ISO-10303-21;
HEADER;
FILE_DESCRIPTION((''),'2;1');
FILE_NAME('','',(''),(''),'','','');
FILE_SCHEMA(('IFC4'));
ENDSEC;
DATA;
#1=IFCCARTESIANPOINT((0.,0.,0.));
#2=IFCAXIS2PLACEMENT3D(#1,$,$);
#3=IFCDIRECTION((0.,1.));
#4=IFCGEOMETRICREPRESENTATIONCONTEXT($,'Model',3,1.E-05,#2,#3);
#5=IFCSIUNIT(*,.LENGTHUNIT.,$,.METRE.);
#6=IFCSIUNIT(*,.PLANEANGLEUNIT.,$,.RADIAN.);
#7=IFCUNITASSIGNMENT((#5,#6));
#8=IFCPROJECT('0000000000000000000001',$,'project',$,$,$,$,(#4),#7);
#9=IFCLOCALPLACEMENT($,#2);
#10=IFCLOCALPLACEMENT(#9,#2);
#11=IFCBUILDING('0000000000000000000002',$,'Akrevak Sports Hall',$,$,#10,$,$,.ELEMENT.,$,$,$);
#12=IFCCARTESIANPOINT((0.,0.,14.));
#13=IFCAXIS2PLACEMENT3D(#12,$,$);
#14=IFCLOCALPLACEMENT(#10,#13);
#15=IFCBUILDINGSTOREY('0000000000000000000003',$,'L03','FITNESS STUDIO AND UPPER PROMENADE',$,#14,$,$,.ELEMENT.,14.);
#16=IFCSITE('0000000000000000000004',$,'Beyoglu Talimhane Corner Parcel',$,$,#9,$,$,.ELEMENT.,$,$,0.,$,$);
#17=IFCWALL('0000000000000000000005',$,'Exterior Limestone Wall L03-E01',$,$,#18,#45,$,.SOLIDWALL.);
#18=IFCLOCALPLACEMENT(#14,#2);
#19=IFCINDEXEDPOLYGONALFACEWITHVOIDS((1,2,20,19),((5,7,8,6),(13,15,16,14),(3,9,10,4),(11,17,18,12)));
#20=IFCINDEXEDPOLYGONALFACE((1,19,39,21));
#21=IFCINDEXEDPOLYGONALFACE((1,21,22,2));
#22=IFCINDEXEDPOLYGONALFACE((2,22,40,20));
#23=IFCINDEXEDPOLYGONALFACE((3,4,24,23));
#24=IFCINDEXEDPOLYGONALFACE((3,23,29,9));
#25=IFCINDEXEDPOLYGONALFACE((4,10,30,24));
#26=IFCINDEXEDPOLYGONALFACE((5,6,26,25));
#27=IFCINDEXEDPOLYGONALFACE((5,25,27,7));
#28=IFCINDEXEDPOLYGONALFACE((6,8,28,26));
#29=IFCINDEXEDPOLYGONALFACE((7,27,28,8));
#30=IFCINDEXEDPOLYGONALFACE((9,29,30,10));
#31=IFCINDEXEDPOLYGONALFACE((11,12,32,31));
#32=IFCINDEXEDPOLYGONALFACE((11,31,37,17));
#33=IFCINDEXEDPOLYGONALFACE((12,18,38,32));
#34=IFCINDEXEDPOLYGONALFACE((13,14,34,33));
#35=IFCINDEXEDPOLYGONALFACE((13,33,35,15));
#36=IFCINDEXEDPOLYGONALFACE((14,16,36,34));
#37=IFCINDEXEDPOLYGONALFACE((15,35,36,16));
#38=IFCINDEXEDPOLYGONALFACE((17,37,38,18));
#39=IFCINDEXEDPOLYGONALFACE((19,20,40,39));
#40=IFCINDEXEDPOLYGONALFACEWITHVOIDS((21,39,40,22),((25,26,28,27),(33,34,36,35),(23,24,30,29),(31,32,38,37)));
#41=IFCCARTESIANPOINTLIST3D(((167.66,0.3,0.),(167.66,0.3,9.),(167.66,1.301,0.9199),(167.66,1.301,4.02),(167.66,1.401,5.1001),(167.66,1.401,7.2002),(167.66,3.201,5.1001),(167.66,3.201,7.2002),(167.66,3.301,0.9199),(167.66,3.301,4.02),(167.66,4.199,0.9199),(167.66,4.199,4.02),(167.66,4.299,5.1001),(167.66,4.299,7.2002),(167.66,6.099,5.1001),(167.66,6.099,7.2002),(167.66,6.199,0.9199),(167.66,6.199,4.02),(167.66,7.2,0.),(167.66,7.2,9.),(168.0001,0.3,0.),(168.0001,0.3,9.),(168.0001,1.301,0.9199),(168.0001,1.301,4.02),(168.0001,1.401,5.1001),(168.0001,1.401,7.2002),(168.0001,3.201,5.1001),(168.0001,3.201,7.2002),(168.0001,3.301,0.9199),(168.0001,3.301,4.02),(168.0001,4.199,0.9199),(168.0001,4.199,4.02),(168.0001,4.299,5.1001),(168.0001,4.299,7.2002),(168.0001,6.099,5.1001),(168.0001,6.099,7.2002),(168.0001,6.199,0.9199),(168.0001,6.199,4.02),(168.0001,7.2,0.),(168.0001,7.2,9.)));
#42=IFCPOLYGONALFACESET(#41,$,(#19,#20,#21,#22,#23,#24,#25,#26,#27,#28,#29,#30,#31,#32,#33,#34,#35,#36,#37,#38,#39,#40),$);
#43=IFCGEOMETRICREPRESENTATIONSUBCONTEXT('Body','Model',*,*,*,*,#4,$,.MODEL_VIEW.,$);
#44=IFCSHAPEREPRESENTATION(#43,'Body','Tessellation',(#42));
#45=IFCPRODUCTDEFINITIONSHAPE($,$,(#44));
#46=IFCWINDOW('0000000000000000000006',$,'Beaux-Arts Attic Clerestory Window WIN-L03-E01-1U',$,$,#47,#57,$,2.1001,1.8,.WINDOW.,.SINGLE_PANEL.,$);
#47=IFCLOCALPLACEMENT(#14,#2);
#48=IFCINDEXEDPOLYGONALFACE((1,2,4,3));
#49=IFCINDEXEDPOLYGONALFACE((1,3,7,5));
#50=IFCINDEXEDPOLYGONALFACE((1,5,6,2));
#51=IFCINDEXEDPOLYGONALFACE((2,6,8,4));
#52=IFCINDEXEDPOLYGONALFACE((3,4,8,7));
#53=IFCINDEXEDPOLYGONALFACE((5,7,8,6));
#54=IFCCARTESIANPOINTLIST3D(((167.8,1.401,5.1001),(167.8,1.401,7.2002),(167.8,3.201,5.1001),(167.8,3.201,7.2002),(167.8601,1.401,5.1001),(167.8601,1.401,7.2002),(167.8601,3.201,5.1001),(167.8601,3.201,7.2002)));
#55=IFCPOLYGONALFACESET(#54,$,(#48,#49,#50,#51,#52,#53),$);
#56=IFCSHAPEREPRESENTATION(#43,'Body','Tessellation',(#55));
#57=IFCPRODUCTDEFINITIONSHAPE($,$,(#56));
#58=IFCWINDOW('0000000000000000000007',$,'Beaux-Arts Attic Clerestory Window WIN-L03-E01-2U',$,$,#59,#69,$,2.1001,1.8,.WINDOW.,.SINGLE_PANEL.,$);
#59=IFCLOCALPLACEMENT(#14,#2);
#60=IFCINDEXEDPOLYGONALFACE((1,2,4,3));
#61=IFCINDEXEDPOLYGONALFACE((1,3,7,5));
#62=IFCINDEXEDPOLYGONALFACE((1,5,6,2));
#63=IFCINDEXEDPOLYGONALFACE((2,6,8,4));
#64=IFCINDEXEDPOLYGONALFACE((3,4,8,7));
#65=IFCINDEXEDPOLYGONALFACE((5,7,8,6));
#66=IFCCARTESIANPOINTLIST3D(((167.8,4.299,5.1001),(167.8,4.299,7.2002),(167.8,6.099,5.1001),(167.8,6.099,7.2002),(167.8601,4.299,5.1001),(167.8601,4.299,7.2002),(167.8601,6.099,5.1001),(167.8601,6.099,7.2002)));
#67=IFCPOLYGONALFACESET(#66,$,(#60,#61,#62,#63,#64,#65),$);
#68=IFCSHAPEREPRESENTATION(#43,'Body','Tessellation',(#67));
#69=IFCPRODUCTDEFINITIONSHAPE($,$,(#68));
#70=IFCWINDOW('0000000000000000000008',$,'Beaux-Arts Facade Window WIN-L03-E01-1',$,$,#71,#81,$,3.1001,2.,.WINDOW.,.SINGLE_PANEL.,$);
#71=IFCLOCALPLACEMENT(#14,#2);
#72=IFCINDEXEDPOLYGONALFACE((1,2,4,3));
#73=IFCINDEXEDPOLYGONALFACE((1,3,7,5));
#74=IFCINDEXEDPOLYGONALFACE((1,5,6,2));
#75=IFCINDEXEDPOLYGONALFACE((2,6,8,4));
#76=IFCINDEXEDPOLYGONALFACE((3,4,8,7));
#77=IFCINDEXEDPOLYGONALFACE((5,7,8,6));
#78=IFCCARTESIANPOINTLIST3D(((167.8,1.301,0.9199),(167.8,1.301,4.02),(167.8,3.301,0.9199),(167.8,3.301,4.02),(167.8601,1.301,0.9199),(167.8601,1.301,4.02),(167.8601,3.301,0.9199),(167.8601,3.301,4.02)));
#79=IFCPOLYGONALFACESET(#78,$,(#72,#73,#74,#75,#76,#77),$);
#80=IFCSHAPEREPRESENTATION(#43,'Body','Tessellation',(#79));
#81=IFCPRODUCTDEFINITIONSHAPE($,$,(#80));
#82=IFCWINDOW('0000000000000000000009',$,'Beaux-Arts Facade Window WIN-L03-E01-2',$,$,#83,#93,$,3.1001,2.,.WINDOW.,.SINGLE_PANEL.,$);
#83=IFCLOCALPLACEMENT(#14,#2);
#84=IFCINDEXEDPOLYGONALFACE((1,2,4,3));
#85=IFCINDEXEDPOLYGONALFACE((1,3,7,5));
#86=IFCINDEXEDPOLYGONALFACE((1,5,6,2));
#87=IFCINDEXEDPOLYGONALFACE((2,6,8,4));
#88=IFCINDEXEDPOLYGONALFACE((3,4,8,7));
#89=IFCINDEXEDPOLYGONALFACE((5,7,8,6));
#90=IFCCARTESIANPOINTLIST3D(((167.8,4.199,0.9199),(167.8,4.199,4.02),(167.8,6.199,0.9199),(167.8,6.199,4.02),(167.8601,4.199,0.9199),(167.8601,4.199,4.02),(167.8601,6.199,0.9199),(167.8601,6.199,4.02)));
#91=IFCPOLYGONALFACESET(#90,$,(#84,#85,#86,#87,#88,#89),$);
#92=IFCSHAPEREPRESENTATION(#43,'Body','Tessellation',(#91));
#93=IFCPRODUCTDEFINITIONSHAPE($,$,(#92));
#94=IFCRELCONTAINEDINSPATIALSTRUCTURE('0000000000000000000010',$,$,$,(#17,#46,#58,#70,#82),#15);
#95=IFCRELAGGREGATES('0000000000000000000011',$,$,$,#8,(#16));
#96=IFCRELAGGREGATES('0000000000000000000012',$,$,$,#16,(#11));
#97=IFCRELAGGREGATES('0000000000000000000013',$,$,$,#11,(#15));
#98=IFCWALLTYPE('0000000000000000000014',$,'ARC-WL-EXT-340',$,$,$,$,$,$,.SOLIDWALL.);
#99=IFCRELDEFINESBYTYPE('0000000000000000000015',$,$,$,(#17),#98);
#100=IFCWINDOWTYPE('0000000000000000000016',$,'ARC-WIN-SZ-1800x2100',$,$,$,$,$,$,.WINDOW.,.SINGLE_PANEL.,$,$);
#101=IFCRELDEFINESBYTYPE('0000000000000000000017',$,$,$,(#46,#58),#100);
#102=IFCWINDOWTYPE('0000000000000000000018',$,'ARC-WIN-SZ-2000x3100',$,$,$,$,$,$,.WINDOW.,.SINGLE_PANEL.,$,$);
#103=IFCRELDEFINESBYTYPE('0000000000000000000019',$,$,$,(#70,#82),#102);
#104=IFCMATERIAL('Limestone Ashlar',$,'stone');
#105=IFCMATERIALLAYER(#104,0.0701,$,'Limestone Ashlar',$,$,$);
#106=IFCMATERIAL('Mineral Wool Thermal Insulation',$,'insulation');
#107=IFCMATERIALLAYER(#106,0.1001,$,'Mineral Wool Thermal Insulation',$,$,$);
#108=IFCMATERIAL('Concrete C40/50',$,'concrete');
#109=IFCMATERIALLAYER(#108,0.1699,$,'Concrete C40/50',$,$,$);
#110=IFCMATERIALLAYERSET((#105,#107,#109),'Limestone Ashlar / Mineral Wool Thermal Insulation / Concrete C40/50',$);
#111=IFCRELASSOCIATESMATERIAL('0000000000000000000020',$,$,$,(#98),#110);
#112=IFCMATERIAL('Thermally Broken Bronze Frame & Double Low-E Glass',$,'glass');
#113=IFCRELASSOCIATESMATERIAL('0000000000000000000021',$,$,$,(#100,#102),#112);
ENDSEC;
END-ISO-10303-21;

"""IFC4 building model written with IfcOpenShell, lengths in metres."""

from ifc_helpers import new_model, si_unit, direction, frame, frame_2d, origin, place, context, subcontext, project, spatial, rectangle, extrude, material, layer, layer_set, type_object, element, fill, save


model = new_model("IFC4")

# Units and contexts
model_context = context("Model", 3, precision=1e-05, world=origin(), true_north=direction((0.0, 1.0)))
body_context = subcontext(model_context, "Body", "Model", "MODEL_VIEW")
ifc_project = project(units=[si_unit("LENGTHUNIT", "METRE"), si_unit("PLANEANGLEUNIT", "RADIAN")], contexts=[model_context])

# Site, building, storey
site_placement = place(None, origin())
site = spatial("IfcSite", under=ifc_project, at=site_placement, Name="Beyoglu Talimhane Corner Parcel", CompositionType="ELEMENT", RefElevation=0.0)
building_placement = place(site_placement, origin())
building = spatial("IfcBuilding", under=site, at=building_placement, Name="Akrevak Sports Hall", CompositionType="ELEMENT")
storey_placement = place(building_placement, frame((0.0, 0.0, 14.0)))
storey = spatial("IfcBuildingStorey", under=building, at=storey_placement, Name="L03", Description="FITNESS STUDIO AND UPPER PROMENADE", CompositionType="ELEMENT", Elevation=14.0)

# Shared definitions
ifc_material_1 = material(Name="Concrete C40/50", Category="concrete")

# Wall, openings, windows
ifc_material_2 = material(Name="Limestone Ashlar", Category="stone")
ifc_layer_1 = layer(ifc_material_2, 0.0701, Name="Limestone Ashlar")
ifc_material_3 = material(Name="Mineral Wool Thermal Insulation", Category="insulation")
ifc_layer_2 = layer(ifc_material_3, 0.1001, Name="Mineral Wool Thermal Insulation")
ifc_layer_3 = layer(ifc_material_1, 0.1699, Name="Concrete C40/50")
ifc_layer_set_1 = layer_set([ifc_layer_1, ifc_layer_2, ifc_layer_3], Name="Limestone Ashlar / Mineral Wool Thermal Insulation / Concrete C40/50")
wall_type = type_object("IfcWallType", Name="ARC-WL-EXT-340", PredefinedType="SOLIDWALL", material=ifc_layer_set_1)
ifc_material_4 = material(Name="Thermally Broken Bronze Frame & Double Low-E Glass", Category="glass")
window_type_1 = type_object("IfcWindowType", Name="ARC-WIN-SZ-1800x2100", PartitioningType="SINGLE_PANEL", PredefinedType="WINDOW", material=ifc_material_4)
window_type_2 = type_object("IfcWindowType", Name="ARC-WIN-SZ-2000x3100", PartitioningType="SINGLE_PANEL", PredefinedType="WINDOW", material=ifc_material_4)
wall_1_placement = place(storey_placement, frame((167.8301, 0.3, 0.0), z_axis=(0.0, 0.0, 1.0), x_axis=(0.0, 1.0, 0.0)))
wall_1 = element("IfcWall", 1, at=wall_1_placement, inside=storey, type_object=wall_type, Name="Exterior Limestone Wall L03-E01", PredefinedType="SOLIDWALL", context=body_context, shape_type="SweptSolid", body=[
    extrude(rectangle(XDim=6.8999, YDim=0.3401, at=frame_2d((3.45, 0.0))), origin(), (0.0, 0.0, 1.0), 9.0),
])
opening_1_placement = place(wall_1_placement, frame((1.001, 0.0, 0.9199)))
opening_1 = element("IfcOpeningElement", 2, at=opening_1_placement, cuts=wall_1, PredefinedType="OPENING", context=body_context, shape_type="SweptSolid", body=[
    extrude(rectangle(XDim=2.0, YDim=3.1001, at=frame_2d((1.0, 1.55))), frame((0.0, 0.1821, 0.0), z_axis=(0.0, -1.0, 0.0), x_axis=(1.0, 0.0, 0.0)), (0.0, 0.0, 1.0), 0.364),
])
opening_2_placement = place(wall_1_placement, frame((1.1011, 0.0, 5.1001)))
opening_2 = element("IfcOpeningElement", 3, at=opening_2_placement, cuts=wall_1, PredefinedType="OPENING", context=body_context, shape_type="SweptSolid", body=[
    extrude(rectangle(XDim=1.8, YDim=2.1001, at=frame_2d((0.8999, 1.05))), frame((0.0, 0.1821, 0.0), z_axis=(0.0, -1.0, 0.0), x_axis=(1.0, 0.0, 0.0)), (0.0, 0.0, 1.0), 0.364),
])
opening_3_placement = place(wall_1_placement, frame((3.8989, 0.0, 0.9199)))
opening_3 = element("IfcOpeningElement", 4, at=opening_3_placement, cuts=wall_1, PredefinedType="OPENING", context=body_context, shape_type="SweptSolid", body=[
    extrude(rectangle(XDim=2.0, YDim=3.1001, at=frame_2d((1.0, 1.55))), frame((0.0, 0.1821, 0.0), z_axis=(0.0, -1.0, 0.0), x_axis=(1.0, 0.0, 0.0)), (0.0, 0.0, 1.0), 0.364),
])
opening_4_placement = place(wall_1_placement, frame((3.999, 0.0, 5.1001)))
opening_4 = element("IfcOpeningElement", 5, at=opening_4_placement, cuts=wall_1, PredefinedType="OPENING", context=body_context, shape_type="SweptSolid", body=[
    extrude(rectangle(XDim=1.8, YDim=2.1001, at=frame_2d((0.8999, 1.05))), frame((0.0, 0.1821, 0.0), z_axis=(0.0, -1.0, 0.0), x_axis=(1.0, 0.0, 0.0)), (0.0, 0.0, 1.0), 0.364),
])
window_1_placement = place(opening_2_placement, origin())
window_1 = element("IfcWindow", 6, at=window_1_placement, inside=storey, type_object=window_type_1, Name="Beaux-Arts Attic Clerestory Window WIN-L03-E01-1U", OverallHeight=2.1001, OverallWidth=1.8, PartitioningType="SINGLE_PANEL", PredefinedType="WINDOW", context=body_context, shape_type="SweptSolid", body=[
    extrude(rectangle(XDim=1.8, YDim=2.1001, at=frame_2d((0.8999, 1.05))), frame((0.0, 0.03, 0.0), z_axis=(0.0, -1.0, 0.0), x_axis=(1.0, 0.0, 0.0)), (0.0, 0.0, 1.0), 0.0601),
])
fill(opening_2, window_1)
window_2_placement = place(opening_4_placement, origin())
window_2 = element("IfcWindow", 7, at=window_2_placement, inside=storey, type_object=window_type_1, Name="Beaux-Arts Attic Clerestory Window WIN-L03-E01-2U", OverallHeight=2.1001, OverallWidth=1.8, PartitioningType="SINGLE_PANEL", PredefinedType="WINDOW", context=body_context, shape_type="SweptSolid", body=[
    extrude(rectangle(XDim=1.8, YDim=2.1001, at=frame_2d((0.8999, 1.05))), frame((0.0, 0.03, 0.0), z_axis=(0.0, -1.0, 0.0), x_axis=(1.0, 0.0, 0.0)), (0.0, 0.0, 1.0), 0.0601),
])
fill(opening_4, window_2)
window_3_placement = place(opening_1_placement, origin())
window_3 = element("IfcWindow", 8, at=window_3_placement, inside=storey, type_object=window_type_2, Name="Beaux-Arts Facade Window WIN-L03-E01-1", OverallHeight=3.1001, OverallWidth=2.0, PartitioningType="SINGLE_PANEL", PredefinedType="WINDOW", context=body_context, shape_type="SweptSolid", body=[
    extrude(rectangle(XDim=2.0, YDim=3.1001, at=frame_2d((1.0, 1.55))), frame((0.0, 0.03, 0.0), z_axis=(0.0, -1.0, 0.0), x_axis=(1.0, 0.0, 0.0)), (0.0, 0.0, 1.0), 0.0601),
])
fill(opening_1, window_3)
window_4_placement = place(opening_3_placement, origin())
window_4 = element("IfcWindow", 9, at=window_4_placement, inside=storey, type_object=window_type_2, Name="Beaux-Arts Facade Window WIN-L03-E01-2", OverallHeight=3.1001, OverallWidth=2.0, PartitioningType="SINGLE_PANEL", PredefinedType="WINDOW", context=body_context, shape_type="SweptSolid", body=[
    extrude(rectangle(XDim=2.0, YDim=3.1001, at=frame_2d((1.0, 1.55))), frame((0.0, 0.03, 0.0), z_axis=(0.0, -1.0, 0.0), x_axis=(1.0, 0.0, 0.0)), (0.0, 0.0, 1.0), 0.0601),
])
fill(opening_3, window_4)

save(model, "model.ifc")
